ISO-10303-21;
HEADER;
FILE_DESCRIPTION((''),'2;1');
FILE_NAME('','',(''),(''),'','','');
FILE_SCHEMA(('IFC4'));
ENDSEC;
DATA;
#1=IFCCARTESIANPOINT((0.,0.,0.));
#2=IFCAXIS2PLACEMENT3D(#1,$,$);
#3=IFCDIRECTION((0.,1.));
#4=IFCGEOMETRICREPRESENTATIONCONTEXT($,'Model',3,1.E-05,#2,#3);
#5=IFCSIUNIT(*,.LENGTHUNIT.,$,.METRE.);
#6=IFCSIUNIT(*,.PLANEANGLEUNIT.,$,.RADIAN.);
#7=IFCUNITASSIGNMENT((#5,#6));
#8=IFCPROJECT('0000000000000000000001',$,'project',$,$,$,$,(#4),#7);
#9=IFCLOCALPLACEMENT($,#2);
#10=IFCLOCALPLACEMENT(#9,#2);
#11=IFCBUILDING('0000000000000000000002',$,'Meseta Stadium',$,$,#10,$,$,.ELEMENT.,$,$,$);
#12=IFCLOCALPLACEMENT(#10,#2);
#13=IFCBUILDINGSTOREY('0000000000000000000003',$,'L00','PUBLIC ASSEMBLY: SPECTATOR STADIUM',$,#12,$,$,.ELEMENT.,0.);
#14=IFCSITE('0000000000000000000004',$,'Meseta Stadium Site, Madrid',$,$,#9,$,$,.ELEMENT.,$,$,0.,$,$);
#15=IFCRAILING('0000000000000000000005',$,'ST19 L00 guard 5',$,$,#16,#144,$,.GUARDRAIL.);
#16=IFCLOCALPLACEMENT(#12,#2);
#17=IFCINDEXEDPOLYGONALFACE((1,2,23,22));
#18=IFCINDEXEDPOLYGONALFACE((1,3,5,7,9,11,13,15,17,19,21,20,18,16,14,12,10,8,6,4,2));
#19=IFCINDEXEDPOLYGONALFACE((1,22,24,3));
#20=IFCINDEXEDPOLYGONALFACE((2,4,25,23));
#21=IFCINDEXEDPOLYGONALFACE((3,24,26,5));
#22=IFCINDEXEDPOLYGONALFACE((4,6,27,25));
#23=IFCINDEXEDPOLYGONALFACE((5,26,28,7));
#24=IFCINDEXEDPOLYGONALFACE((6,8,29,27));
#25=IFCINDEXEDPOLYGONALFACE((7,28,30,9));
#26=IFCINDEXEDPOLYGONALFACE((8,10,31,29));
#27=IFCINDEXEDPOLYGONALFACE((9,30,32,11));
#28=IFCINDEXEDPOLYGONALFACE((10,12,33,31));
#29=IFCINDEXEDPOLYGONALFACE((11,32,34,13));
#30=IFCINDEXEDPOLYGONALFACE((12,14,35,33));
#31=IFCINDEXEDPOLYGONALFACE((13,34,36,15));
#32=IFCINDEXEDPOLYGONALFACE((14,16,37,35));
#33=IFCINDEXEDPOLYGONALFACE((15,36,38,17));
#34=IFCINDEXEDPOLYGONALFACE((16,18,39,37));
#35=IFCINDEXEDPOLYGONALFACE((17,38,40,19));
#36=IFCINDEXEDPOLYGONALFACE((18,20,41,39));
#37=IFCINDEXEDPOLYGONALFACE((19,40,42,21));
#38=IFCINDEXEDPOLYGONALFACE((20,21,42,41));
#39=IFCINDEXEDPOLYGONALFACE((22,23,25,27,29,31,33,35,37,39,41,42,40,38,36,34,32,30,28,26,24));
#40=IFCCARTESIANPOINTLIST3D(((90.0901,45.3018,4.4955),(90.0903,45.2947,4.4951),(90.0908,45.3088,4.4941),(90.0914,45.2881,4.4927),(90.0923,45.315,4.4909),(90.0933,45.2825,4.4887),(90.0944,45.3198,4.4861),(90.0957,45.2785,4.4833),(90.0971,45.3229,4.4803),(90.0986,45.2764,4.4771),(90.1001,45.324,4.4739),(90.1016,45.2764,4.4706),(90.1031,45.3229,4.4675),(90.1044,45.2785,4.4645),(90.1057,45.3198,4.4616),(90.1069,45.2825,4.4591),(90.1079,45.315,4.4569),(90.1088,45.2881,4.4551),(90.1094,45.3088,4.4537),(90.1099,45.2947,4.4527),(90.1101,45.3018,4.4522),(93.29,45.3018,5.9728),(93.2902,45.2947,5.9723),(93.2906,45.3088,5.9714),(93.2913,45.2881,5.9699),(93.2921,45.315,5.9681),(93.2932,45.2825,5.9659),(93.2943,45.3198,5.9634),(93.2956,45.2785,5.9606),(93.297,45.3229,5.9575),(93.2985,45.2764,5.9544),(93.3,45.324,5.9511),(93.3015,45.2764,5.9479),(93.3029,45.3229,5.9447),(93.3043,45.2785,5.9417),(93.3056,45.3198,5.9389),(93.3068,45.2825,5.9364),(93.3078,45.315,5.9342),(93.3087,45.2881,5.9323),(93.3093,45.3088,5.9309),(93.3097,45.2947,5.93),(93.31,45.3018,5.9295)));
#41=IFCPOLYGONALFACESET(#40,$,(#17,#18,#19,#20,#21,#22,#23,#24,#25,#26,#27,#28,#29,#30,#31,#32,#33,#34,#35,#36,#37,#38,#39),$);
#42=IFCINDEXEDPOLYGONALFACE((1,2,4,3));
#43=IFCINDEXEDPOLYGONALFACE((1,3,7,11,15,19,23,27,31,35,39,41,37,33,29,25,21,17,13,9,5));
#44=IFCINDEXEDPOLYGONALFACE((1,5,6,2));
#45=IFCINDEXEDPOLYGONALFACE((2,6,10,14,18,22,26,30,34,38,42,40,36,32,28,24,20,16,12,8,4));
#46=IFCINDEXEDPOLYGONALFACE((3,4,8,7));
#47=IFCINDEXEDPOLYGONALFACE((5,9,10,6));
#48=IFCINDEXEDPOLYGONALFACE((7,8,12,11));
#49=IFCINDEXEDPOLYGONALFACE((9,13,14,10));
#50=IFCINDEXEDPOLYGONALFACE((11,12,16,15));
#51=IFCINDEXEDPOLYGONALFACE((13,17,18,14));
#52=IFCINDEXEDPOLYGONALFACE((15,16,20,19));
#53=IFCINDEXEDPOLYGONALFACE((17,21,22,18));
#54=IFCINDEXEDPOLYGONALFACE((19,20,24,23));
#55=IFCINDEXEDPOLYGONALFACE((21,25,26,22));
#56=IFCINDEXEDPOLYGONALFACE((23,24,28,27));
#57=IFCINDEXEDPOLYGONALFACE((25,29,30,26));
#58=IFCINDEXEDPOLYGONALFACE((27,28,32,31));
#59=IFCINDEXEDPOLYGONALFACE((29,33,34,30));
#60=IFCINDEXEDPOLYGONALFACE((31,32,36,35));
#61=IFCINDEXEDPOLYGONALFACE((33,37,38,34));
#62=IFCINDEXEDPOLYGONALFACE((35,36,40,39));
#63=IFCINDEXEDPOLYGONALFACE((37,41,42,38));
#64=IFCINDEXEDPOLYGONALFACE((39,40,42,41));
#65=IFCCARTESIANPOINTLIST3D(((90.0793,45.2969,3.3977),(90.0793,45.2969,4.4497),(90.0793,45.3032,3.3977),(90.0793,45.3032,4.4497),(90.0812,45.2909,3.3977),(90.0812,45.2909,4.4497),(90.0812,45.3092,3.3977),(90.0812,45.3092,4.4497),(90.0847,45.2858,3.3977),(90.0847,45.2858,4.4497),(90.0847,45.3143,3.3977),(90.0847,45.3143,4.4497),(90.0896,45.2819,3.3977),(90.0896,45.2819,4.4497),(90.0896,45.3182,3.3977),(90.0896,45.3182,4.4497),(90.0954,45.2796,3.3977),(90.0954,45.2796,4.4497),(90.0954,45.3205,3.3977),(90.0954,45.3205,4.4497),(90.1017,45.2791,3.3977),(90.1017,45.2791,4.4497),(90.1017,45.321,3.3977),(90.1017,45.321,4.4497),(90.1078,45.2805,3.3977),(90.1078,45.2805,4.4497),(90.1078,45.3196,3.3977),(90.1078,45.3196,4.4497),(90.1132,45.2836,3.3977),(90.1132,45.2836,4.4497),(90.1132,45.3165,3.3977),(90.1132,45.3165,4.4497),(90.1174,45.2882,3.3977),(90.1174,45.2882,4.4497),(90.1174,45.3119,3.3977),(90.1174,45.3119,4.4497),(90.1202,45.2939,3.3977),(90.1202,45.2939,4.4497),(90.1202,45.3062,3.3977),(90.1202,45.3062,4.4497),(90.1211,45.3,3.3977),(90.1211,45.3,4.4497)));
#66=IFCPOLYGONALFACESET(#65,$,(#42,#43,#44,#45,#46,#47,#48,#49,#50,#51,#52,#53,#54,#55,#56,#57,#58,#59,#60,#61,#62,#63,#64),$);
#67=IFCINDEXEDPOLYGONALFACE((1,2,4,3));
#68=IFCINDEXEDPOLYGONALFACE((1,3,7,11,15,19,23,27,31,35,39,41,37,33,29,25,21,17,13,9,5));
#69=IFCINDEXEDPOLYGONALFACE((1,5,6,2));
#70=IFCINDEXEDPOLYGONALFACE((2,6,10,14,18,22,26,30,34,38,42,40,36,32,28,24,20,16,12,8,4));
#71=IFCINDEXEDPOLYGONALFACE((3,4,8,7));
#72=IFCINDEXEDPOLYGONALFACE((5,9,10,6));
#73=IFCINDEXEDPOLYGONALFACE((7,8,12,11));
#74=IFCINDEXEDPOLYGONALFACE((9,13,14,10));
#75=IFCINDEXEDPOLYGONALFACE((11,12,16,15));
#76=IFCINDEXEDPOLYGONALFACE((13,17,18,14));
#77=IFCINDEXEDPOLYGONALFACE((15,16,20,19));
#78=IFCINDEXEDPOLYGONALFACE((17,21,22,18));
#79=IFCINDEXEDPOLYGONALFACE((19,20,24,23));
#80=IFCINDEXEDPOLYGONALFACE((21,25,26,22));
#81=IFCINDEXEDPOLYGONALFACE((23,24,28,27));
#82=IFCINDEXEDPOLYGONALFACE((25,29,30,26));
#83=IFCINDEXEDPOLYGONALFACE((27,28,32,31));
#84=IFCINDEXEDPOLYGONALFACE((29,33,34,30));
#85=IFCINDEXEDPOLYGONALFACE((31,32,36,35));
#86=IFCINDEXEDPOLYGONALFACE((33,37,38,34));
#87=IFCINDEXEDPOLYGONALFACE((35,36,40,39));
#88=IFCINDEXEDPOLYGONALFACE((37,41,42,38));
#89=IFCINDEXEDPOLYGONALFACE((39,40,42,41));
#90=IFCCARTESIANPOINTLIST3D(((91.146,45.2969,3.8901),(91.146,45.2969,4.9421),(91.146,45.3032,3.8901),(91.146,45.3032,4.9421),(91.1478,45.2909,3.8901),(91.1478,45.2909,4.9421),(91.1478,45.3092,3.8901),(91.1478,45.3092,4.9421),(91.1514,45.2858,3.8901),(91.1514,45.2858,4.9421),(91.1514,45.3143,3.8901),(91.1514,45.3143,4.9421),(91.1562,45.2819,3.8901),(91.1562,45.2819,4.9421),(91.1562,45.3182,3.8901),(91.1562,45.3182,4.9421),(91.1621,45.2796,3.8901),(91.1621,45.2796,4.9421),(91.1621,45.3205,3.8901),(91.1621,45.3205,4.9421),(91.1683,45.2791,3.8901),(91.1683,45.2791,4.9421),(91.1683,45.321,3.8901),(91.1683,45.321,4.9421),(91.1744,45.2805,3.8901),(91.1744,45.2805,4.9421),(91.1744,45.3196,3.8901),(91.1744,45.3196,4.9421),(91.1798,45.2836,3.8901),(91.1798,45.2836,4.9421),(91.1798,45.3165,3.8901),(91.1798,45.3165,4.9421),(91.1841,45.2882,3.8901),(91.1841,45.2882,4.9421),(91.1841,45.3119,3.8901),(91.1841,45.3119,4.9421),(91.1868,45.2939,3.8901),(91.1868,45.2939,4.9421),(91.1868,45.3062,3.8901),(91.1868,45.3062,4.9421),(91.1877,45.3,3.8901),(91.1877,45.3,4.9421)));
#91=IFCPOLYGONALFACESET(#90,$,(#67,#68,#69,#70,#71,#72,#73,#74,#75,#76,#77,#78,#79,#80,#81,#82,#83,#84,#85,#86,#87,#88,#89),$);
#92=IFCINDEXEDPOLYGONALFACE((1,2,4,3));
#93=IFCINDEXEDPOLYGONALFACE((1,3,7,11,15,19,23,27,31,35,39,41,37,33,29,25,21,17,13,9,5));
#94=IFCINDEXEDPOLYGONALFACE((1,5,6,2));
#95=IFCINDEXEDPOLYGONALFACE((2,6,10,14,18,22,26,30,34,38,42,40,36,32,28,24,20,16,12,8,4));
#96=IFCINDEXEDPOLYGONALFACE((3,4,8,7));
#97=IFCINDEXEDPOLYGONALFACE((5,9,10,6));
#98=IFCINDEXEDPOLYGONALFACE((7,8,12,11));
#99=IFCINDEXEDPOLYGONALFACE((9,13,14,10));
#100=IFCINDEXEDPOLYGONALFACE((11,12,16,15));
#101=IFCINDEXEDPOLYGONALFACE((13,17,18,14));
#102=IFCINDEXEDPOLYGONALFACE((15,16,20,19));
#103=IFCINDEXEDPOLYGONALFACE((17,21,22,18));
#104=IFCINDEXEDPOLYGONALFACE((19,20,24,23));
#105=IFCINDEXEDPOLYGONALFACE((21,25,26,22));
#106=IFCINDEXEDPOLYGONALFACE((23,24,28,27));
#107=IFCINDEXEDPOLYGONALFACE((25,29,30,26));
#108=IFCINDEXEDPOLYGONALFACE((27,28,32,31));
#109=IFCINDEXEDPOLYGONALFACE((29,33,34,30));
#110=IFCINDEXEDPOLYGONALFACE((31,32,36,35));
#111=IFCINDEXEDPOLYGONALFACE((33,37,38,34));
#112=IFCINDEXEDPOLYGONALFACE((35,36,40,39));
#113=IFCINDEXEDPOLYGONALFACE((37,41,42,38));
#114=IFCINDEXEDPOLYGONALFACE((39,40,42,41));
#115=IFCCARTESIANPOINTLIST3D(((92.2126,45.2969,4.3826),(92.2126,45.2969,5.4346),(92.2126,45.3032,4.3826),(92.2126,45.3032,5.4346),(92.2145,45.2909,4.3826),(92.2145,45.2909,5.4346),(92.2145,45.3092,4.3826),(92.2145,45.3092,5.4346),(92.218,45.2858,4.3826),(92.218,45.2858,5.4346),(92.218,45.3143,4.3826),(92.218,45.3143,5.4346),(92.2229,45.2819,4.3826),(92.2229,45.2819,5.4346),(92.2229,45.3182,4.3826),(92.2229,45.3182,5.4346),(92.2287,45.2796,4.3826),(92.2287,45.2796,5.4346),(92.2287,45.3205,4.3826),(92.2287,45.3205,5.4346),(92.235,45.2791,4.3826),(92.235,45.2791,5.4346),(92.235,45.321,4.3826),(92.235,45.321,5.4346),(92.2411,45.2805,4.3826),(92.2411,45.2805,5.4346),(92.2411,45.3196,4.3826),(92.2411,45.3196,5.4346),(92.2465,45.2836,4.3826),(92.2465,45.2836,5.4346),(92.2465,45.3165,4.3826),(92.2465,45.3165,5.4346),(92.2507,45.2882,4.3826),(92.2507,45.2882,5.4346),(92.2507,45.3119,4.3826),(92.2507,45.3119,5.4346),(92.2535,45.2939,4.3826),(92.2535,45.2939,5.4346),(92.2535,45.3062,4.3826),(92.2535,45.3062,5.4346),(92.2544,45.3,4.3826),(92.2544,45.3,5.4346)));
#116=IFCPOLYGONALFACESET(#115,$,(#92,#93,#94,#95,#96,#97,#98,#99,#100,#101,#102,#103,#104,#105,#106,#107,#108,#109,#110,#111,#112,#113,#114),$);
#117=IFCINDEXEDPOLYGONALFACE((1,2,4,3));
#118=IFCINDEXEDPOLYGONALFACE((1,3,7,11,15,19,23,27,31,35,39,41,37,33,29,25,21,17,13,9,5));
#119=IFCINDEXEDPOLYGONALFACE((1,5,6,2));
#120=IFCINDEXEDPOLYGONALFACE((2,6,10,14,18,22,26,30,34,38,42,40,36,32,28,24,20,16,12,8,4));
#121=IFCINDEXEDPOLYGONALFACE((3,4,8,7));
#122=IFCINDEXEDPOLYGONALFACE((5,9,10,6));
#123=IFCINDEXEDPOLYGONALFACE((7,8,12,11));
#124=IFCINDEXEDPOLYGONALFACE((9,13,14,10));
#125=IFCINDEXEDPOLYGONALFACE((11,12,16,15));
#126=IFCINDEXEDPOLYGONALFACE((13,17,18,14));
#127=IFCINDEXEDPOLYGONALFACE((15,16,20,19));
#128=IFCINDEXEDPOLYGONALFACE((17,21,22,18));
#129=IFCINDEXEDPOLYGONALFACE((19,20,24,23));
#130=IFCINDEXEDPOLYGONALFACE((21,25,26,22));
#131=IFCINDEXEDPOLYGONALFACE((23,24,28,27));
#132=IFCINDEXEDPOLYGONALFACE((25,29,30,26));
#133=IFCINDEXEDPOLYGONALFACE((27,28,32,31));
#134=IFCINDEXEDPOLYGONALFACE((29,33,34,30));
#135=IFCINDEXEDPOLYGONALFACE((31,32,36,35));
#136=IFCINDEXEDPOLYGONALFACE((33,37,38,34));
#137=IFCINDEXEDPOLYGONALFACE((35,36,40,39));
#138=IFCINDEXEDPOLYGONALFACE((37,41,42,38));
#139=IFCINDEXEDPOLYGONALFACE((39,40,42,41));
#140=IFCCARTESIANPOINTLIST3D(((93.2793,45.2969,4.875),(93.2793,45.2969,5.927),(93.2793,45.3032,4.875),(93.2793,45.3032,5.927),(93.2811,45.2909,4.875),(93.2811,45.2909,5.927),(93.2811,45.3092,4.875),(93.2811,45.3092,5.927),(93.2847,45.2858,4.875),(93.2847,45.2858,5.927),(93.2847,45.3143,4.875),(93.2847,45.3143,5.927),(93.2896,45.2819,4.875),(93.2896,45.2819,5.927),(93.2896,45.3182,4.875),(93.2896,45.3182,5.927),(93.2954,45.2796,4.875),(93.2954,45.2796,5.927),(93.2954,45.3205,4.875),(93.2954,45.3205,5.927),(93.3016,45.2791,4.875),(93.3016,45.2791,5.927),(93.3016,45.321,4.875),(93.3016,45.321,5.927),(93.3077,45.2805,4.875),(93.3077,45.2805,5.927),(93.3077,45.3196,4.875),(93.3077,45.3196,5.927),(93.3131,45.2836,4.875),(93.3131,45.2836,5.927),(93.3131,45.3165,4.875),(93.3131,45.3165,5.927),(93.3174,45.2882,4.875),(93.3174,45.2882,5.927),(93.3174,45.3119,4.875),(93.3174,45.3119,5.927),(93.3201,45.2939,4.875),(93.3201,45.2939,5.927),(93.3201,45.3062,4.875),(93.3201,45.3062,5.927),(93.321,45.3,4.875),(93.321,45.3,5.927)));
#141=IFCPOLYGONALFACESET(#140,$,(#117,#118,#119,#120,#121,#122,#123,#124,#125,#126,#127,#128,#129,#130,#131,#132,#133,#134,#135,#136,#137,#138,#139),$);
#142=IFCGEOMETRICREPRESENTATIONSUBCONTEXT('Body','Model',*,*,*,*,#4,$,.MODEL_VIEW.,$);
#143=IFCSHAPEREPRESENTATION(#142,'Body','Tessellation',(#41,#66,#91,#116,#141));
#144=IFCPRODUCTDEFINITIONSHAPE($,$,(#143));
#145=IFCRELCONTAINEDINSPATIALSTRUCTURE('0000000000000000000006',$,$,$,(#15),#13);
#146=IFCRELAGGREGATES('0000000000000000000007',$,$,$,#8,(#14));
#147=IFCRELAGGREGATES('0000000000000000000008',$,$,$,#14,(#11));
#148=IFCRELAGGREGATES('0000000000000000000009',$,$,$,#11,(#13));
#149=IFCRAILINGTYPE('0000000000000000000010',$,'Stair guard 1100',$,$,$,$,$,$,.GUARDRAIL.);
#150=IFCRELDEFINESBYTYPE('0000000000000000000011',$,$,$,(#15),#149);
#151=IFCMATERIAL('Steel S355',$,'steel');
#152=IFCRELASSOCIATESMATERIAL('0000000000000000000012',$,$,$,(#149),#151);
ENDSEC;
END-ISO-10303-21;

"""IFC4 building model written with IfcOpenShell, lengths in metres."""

from ifc_helpers import new_model, si_unit, direction, frame, origin, origin_2d, place, context, subcontext, project, spatial, circle, extrude, material, type_object, element, save


model = new_model("IFC4")

# Units and contexts
model_context = context("Model", 3, precision=1e-05, world=origin(), true_north=direction((0.0, 1.0)))
body_context = subcontext(model_context, "Body", "Model", "MODEL_VIEW")
ifc_project = project(units=[si_unit("LENGTHUNIT", "METRE"), si_unit("PLANEANGLEUNIT", "RADIAN")], contexts=[model_context])

# Site, building, storey
site_placement = place(None, origin())
site = spatial("IfcSite", under=ifc_project, at=site_placement, Name="Meseta Stadium Site, Madrid", CompositionType="ELEMENT", RefElevation=0.0)
building_placement = place(site_placement, origin())
building = spatial("IfcBuilding", under=site, at=building_placement, Name="Meseta Stadium", CompositionType="ELEMENT")
storey_placement = place(building_placement, origin())
storey = spatial("IfcBuildingStorey", under=building, at=storey_placement, Name="L00", Description="PUBLIC ASSEMBLY: SPECTATOR STADIUM", CompositionType="ELEMENT", Elevation=0.0)

# Railing
ifc_material_1 = material(Name="Steel S355", Category="steel")
railing_type_1 = type_object("IfcRailingType", Name="Stair guard 1100", PredefinedType="GUARDRAIL", material=ifc_material_1)
railing_1_placement = place(storey_placement, frame((90.1001, 45.3, 3.3977)))
element("IfcRailing", 1, at=railing_1_placement, inside=storey, type_object=railing_type_1, Name="ST19 L00 guard 5", PredefinedType="GUARDRAIL", context=body_context, shape_type="SweptSolid", body=[
    extrude(circle(Radius=0.0239, at=origin_2d()), frame((0.0, 0.0, 1.0762), z_axis=(0.907917, 0.0, 0.41915), x_axis=(0.0, 1.0, 0.0)), (0.0, 0.0, 1.0), 3.5244),
    extrude(circle(Radius=0.021, at=origin_2d()), origin(), (0.0, 0.0, 1.0), 1.052),
    extrude(circle(Radius=0.021, at=origin_2d()), frame((1.0667, 0.0, 0.4924)), (0.0, 0.0, 1.0), 1.052),
    extrude(circle(Radius=0.021, at=origin_2d()), frame((2.1333, 0.0, 0.9849)), (0.0, 0.0, 1.0), 1.052),
    extrude(circle(Radius=0.021, at=origin_2d()), frame((3.2, 0.0, 1.4773)), (0.0, 0.0, 1.0), 1.052),
])

save(model, "model.ifc")
